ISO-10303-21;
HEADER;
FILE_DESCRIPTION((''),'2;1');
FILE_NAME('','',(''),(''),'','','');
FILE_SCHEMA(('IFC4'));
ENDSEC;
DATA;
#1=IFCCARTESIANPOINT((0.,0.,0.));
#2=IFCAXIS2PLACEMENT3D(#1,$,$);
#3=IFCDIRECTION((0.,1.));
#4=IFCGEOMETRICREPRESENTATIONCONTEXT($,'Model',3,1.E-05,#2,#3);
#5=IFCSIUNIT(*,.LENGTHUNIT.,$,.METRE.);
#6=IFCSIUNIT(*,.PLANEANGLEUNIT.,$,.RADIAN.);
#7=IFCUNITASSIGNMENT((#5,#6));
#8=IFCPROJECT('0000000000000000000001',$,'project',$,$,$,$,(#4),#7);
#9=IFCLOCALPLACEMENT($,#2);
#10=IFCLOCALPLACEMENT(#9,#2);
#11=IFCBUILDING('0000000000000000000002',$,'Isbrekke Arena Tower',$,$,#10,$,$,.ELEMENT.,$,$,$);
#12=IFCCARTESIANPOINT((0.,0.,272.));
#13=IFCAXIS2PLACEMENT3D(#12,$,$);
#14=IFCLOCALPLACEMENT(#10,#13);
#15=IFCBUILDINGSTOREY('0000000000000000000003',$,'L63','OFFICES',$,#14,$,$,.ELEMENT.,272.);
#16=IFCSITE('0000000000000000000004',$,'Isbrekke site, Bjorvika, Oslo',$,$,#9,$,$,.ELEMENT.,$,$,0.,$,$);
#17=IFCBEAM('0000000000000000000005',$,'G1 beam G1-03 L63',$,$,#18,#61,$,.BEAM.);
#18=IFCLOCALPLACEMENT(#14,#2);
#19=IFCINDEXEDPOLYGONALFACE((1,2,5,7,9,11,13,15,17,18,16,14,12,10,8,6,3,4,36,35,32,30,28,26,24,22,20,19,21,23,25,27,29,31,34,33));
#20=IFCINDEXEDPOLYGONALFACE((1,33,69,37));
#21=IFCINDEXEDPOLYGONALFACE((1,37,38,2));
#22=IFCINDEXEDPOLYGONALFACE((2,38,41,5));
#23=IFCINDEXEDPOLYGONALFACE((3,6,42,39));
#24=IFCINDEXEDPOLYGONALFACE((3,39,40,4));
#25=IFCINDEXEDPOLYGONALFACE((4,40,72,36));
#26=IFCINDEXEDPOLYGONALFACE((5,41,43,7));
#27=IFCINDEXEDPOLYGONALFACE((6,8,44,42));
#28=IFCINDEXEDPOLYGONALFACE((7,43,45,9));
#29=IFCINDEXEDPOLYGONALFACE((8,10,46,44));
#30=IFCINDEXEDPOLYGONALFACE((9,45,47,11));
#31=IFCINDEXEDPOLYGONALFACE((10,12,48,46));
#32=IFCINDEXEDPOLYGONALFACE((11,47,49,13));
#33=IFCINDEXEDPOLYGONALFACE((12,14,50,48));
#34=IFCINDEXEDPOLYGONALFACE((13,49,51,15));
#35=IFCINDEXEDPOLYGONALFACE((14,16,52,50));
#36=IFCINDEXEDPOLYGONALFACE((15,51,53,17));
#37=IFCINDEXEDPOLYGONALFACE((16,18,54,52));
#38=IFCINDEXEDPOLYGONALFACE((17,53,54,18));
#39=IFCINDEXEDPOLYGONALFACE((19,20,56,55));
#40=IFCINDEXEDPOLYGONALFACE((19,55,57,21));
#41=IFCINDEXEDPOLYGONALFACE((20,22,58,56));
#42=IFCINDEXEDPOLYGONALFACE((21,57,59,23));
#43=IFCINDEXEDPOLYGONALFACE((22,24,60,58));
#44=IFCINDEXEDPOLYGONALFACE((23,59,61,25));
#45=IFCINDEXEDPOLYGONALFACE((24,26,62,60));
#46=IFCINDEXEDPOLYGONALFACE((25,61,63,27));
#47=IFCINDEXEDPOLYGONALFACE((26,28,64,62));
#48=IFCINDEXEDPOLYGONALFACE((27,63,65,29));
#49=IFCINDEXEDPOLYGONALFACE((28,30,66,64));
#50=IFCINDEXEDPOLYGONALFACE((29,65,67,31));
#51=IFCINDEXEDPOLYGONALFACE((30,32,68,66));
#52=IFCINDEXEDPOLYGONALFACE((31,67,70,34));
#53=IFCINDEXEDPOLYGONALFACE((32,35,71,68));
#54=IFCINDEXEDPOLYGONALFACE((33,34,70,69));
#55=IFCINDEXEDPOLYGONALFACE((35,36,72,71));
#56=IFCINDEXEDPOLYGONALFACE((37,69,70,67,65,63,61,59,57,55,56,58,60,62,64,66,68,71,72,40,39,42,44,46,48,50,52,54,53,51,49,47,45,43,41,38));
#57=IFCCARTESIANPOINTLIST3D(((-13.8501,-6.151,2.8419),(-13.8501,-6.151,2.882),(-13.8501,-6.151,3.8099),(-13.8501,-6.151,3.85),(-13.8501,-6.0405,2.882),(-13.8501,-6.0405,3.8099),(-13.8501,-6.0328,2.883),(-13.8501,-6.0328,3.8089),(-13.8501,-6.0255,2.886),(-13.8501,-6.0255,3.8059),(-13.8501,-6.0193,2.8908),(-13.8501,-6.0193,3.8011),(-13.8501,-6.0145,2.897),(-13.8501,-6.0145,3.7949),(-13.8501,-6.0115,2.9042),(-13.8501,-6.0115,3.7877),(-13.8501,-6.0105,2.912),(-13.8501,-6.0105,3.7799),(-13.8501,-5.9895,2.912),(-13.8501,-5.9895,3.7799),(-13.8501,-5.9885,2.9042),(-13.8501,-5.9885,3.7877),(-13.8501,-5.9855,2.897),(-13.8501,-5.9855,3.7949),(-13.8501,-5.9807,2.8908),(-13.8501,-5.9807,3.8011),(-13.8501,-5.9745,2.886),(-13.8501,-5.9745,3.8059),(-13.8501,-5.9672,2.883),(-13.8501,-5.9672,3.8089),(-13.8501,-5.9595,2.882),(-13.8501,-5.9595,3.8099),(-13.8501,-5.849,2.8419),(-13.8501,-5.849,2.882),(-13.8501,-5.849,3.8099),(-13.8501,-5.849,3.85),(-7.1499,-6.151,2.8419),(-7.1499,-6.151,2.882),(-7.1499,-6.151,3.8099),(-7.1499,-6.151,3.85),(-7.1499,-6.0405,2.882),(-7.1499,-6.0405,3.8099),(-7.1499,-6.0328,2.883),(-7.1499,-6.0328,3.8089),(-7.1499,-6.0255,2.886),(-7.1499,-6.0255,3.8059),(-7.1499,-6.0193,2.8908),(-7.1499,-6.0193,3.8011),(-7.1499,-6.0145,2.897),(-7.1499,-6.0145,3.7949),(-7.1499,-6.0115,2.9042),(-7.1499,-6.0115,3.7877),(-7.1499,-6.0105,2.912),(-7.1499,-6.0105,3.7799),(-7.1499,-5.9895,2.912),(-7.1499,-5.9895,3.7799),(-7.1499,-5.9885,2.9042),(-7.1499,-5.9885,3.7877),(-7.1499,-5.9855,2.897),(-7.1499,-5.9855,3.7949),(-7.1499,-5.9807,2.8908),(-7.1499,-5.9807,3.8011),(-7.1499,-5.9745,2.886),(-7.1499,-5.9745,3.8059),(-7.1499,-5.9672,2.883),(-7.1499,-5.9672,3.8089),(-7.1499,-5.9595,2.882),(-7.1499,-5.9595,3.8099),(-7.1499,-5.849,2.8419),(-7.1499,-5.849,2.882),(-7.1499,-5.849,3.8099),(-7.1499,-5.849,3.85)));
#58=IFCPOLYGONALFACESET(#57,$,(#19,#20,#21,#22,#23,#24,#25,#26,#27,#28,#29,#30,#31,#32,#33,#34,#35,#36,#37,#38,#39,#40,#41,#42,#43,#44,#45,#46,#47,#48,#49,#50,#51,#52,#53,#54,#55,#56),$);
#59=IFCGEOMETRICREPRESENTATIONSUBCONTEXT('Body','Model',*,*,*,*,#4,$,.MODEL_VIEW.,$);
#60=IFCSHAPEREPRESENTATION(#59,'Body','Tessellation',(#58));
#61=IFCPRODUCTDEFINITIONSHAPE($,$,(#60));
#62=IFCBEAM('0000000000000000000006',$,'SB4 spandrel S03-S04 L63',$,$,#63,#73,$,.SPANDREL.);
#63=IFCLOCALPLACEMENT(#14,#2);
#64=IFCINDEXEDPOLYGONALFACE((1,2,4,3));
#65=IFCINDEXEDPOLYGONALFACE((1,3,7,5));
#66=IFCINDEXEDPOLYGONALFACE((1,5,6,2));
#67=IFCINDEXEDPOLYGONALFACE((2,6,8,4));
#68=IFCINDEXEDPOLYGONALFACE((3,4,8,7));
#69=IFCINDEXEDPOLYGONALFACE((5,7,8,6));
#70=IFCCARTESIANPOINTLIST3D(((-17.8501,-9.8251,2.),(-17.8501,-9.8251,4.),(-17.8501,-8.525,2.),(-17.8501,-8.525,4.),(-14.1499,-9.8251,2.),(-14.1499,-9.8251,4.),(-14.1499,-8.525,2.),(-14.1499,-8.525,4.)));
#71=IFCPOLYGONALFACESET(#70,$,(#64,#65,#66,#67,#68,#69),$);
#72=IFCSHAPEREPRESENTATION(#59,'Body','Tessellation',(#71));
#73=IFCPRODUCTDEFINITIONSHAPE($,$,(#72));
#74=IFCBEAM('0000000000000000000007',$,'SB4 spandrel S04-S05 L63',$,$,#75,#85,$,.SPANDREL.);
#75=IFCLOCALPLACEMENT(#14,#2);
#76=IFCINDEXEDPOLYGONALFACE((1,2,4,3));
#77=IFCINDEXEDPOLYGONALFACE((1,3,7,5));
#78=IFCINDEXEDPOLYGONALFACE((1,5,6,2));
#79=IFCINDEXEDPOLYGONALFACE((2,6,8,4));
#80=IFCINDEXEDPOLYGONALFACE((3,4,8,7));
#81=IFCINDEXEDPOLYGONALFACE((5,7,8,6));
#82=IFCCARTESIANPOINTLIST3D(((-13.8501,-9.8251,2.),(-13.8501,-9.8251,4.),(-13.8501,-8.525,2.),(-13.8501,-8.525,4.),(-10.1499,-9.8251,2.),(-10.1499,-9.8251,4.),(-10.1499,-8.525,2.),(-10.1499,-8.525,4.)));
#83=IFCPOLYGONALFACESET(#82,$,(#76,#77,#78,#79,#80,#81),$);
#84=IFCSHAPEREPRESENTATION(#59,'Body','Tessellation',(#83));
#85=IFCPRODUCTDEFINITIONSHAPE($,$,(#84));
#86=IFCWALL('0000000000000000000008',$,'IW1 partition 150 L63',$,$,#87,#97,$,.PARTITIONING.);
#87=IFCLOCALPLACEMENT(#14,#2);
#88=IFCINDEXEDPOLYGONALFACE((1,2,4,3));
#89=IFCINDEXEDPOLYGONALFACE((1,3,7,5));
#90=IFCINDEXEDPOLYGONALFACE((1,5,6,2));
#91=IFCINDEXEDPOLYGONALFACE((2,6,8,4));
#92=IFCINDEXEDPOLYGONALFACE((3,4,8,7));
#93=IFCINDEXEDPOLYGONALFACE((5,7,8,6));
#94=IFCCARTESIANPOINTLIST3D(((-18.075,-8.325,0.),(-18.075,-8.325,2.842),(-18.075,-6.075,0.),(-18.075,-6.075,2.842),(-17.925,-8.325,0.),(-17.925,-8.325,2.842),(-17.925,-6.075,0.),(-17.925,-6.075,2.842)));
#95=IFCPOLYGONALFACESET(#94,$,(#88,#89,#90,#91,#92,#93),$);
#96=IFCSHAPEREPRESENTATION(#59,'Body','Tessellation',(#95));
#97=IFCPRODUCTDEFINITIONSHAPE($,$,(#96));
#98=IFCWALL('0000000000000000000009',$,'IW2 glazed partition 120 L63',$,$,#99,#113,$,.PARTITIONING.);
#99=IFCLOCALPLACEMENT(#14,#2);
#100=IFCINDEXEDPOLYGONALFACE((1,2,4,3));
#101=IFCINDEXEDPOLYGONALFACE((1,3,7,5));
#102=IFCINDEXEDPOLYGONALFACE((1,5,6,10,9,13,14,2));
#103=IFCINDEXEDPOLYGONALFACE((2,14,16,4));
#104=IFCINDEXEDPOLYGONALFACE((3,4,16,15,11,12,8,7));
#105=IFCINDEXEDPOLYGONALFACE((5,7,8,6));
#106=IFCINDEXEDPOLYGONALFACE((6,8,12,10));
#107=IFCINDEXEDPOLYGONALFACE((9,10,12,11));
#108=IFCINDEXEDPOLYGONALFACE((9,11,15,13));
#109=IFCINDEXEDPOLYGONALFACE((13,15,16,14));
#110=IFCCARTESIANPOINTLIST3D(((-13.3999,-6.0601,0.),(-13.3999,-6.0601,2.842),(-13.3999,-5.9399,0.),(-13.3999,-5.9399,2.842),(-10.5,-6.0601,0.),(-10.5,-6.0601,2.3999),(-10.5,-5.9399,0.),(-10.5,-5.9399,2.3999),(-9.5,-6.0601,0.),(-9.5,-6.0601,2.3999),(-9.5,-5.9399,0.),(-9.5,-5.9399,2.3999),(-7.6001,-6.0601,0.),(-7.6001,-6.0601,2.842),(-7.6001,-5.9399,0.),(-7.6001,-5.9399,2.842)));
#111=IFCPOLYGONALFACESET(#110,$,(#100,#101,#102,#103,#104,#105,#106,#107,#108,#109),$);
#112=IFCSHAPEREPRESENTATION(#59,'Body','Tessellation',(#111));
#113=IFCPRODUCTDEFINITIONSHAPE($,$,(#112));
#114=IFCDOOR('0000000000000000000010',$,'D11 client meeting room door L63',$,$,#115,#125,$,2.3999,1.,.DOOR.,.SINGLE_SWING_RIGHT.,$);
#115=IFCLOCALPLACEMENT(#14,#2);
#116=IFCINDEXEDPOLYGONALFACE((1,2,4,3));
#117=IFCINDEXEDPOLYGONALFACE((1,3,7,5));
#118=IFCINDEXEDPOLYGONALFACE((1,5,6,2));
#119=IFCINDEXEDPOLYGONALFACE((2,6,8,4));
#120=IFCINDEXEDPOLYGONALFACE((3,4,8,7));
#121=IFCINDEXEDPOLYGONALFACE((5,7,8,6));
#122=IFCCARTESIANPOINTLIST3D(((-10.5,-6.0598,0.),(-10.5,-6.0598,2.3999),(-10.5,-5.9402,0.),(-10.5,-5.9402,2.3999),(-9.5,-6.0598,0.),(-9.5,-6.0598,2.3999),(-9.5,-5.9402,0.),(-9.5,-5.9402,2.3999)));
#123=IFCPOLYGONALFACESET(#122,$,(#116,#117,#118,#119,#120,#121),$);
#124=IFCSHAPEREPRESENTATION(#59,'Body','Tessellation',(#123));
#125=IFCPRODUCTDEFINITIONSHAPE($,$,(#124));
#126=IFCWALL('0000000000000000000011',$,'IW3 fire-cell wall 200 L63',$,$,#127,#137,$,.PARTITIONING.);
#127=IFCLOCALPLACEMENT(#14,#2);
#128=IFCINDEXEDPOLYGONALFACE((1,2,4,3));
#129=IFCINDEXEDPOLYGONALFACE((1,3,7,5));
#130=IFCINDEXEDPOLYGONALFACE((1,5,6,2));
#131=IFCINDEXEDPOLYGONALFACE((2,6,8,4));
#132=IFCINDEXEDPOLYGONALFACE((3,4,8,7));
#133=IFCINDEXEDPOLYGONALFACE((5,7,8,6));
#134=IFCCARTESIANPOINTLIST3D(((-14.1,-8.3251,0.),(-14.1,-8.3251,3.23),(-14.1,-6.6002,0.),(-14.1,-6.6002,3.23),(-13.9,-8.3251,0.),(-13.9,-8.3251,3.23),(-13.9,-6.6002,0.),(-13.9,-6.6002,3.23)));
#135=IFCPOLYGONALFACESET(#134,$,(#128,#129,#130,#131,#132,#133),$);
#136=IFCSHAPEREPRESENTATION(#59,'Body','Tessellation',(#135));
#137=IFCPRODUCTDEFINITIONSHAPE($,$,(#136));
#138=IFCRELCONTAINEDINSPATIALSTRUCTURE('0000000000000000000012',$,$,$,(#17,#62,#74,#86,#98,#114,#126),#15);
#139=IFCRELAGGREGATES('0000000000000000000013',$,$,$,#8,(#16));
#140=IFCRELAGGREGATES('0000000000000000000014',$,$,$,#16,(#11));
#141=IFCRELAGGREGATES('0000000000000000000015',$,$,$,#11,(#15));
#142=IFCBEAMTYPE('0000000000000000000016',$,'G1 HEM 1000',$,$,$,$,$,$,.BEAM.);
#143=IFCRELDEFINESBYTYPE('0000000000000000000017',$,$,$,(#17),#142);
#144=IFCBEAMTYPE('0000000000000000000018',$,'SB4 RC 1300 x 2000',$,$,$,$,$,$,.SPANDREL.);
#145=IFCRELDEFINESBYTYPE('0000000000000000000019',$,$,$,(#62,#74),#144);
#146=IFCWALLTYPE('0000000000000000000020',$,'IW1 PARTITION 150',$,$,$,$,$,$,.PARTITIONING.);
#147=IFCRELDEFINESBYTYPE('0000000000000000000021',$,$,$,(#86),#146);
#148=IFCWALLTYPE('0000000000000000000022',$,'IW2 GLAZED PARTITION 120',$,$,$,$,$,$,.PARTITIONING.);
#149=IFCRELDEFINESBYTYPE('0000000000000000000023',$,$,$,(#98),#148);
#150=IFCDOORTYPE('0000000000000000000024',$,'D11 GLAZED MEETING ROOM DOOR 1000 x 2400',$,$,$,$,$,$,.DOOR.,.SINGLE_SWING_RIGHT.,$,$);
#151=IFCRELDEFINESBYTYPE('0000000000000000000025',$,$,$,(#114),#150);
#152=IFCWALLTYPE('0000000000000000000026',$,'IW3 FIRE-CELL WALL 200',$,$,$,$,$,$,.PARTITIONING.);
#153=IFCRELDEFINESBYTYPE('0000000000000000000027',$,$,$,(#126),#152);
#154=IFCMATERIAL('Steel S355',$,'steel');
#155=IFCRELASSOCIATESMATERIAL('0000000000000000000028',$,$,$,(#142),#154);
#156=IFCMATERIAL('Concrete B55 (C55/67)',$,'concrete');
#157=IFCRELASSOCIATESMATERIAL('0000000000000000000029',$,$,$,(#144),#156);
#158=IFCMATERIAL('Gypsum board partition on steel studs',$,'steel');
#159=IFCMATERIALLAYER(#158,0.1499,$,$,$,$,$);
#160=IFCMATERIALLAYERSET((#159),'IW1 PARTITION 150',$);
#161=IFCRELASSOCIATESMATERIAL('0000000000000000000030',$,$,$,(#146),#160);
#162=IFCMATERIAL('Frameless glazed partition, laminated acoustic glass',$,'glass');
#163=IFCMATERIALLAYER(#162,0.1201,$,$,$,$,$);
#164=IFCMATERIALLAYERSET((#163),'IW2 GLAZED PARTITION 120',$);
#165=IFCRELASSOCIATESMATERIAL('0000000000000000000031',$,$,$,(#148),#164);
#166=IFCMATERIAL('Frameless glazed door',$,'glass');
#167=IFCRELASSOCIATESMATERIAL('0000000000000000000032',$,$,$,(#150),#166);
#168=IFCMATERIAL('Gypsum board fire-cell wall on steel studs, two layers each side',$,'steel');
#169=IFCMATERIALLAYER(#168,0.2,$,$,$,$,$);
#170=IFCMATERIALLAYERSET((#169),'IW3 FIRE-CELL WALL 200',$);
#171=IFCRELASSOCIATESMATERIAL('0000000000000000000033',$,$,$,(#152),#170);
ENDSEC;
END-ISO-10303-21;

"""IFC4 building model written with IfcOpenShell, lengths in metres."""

from ifc_helpers import new_model, si_unit, direction, frame, frame_2d, origin, origin_2d, place, context, subcontext, project, spatial, rectangle, i_section, extrude, material, layer, layer_set, material_profile, profile_set, type_object, element, fill, save


model = new_model("IFC4")

# Units and contexts
model_context = context("Model", 3, precision=1e-05, world=origin(), true_north=direction((0.0, 1.0)))
body_context = subcontext(model_context, "Body", "Model", "MODEL_VIEW")
ifc_project = project(units=[si_unit("LENGTHUNIT", "METRE"), si_unit("PLANEANGLEUNIT", "RADIAN")], contexts=[model_context])

# Site, building, storey
site_placement = place(None, origin())
site = spatial("IfcSite", under=ifc_project, at=site_placement, Name="Isbrekke site, Bjorvika, Oslo", CompositionType="ELEMENT", RefElevation=0.0)
building_placement = place(site_placement, origin())
building = spatial("IfcBuilding", under=site, at=building_placement, Name="Isbrekke Arena Tower", CompositionType="ELEMENT")
storey_placement = place(building_placement, frame((0.0, 0.0, 272.0)))
storey = spatial("IfcBuildingStorey", under=building, at=storey_placement, Name="L63", Description="OFFICES", CompositionType="ELEMENT", Elevation=272.0)

# Beams
ifc_material_1 = material(Name="Steel S355", Category="steel")
ifc_material_profile_1 = material_profile(ifc_material_1, i_section(OverallWidth=0.302, OverallDepth=1.0081, WebThickness=0.021, FlangeThickness=0.04, FilletRadius=0.03, at=origin_2d()), Name="HEM 1000")
ifc_profile_set_1 = profile_set([ifc_material_profile_1], Name="Steel S355")
beam_type_1 = type_object("IfcBeamType", Name="G1 HEM 1000", PredefinedType="BEAM", material=ifc_profile_set_1)
beam_1_placement = place(storey_placement, frame((-13.8501, -6.0, 3.3459), z_axis=(1.0, 0.0, 0.0), x_axis=(0.0, 1.0, 0.0)))
element("IfcBeam", 1, at=beam_1_placement, inside=storey, type_object=beam_type_1, Name="G1 beam G1-03 L63", PredefinedType="BEAM", context=body_context, shape_type="SweptSolid", body=[
    extrude(i_section(OverallWidth=0.302, OverallDepth=1.0081, WebThickness=0.021, FlangeThickness=0.04, FilletRadius=0.03, at=origin_2d()), origin(), (0.0, 0.0, 1.0), 6.7002),
])
ifc_material_2 = material(Name="Concrete B55 (C55/67)", Category="concrete")
ifc_material_profile_2 = material_profile(ifc_material_2, rectangle(XDim=1.3, YDim=2.0, at=origin_2d()), Name="RC 1300x2000")
ifc_profile_set_2 = profile_set([ifc_material_profile_2], Name="Concrete B55 (C55/67)")
beam_type_2 = type_object("IfcBeamType", Name="SB4 RC 1300 x 2000", PredefinedType="SPANDREL", material=ifc_profile_set_2)
for number, where, z_axis, x_axis, name in (
    (2, (-17.8501, -9.175, 3.0), (1.0, 0.0, 0.0), (0.0, 1.0, 0.0), "SB4 spandrel S03-S04 L63"),
    (3, (-13.8501, -9.175, 3.0), (1.0, 0.0, 0.0), (0.0, 1.0, 0.0), "SB4 spandrel S04-S05 L63"),
):
    element("IfcBeam", number, at=place(storey_placement, frame(where, z_axis=z_axis, x_axis=x_axis)), inside=storey, type_object=beam_type_2, Name=name, PredefinedType="SPANDREL", context=body_context, shape_type="SweptSolid", body=[
        extrude(rectangle(XDim=1.3, YDim=2.0, at=origin_2d()), origin(), (0.0, 0.0, 1.0), 3.7002),
    ])

# Wall
ifc_material_3 = material(Name="Gypsum board partition on steel studs", Category="steel")
ifc_layer_1 = layer(ifc_material_3, 0.1499)
ifc_layer_set_1 = layer_set([ifc_layer_1], Name="IW1 PARTITION 150")
wall_type_1 = type_object("IfcWallType", Name="IW1 PARTITION 150", PredefinedType="PARTITIONING", material=ifc_layer_set_1)
wall_1_placement = place(storey_placement, frame((-18.0, -8.325, 0.0), z_axis=(0.0, 0.0, 1.0), x_axis=(0.0, 1.0, 0.0)))
element("IfcWall", 4, at=wall_1_placement, inside=storey, type_object=wall_type_1, Name="IW1 partition 150 L63", PredefinedType="PARTITIONING", context=body_context, shape_type="SweptSolid", body=[
    extrude(rectangle(XDim=2.25, YDim=0.1499, at=frame_2d((1.125, 0.0))), origin(), (0.0, 0.0, 1.0), 2.842),
])

# Wall, opening, door
ifc_material_4 = material(Name="Frameless glazed partition, laminated acoustic glass", Category="glass")
ifc_layer_2 = layer(ifc_material_4, 0.1201)
ifc_layer_set_2 = layer_set([ifc_layer_2], Name="IW2 GLAZED PARTITION 120")
wall_type_2 = type_object("IfcWallType", Name="IW2 GLAZED PARTITION 120", PredefinedType="PARTITIONING", material=ifc_layer_set_2)
wall_2_placement = place(storey_placement, frame((-13.3999, -6.0, 0.0), z_axis=(0.0, 0.0, 1.0), x_axis=(1.0, 0.0, 0.0)))
wall_2 = element("IfcWall", 5, at=wall_2_placement, inside=storey, type_object=wall_type_2, Name="IW2 glazed partition 120 L63", PredefinedType="PARTITIONING", context=body_context, shape_type="SweptSolid", body=[
    extrude(rectangle(XDim=5.7998, YDim=0.1201, at=frame_2d((2.8999, 0.0))), origin(), (0.0, 0.0, 1.0), 2.842),
])
opening_placement = place(wall_2_placement, frame((2.8999, 0.0, 0.0)))
opening = element("IfcOpeningElement", 6, at=opening_placement, cuts=wall_2, PredefinedType="OPENING", context=body_context, shape_type="SweptSolid", body=[
    extrude(rectangle(XDim=1.0, YDim=2.3999, at=frame_2d((0.5, 1.2))), frame((0.0, 0.075, 0.0), z_axis=(0.0, -1.0, 0.0), x_axis=(1.0, 0.0, 0.0)), (0.0, 0.0, 1.0), 0.1499),
])
ifc_material_5 = material(Name="Frameless glazed door", Category="glass")
door_type = type_object("IfcDoorType", Name="D11 GLAZED MEETING ROOM DOOR 1000 x 2400", OperationType="SINGLE_SWING_RIGHT", PredefinedType="DOOR", material=ifc_material_5)
door_placement = place(opening_placement, origin())
door = element("IfcDoor", 7, at=door_placement, inside=storey, type_object=door_type, Name="D11 client meeting room door L63", OperationType="SINGLE_SWING_RIGHT", OverallHeight=2.3999, OverallWidth=1.0, PredefinedType="DOOR", context=body_context, shape_type="SweptSolid", body=[
    extrude(rectangle(XDim=1.0, YDim=2.3999, at=frame_2d((0.5, 1.2))), frame((0.0, 0.0598, 0.0), z_axis=(0.0, -1.0, 0.0), x_axis=(1.0, 0.0, 0.0)), (0.0, 0.0, 1.0), 0.1196),
])
fill(opening, door)

# Wall
ifc_material_6 = material(Name="Gypsum board fire-cell wall on steel studs, two layers each side", Category="steel")
ifc_layer_3 = layer(ifc_material_6, 0.2)
ifc_layer_set_3 = layer_set([ifc_layer_3], Name="IW3 FIRE-CELL WALL 200")
wall_type_3 = type_object("IfcWallType", Name="IW3 FIRE-CELL WALL 200", PredefinedType="PARTITIONING", material=ifc_layer_set_3)
wall_3_placement = place(storey_placement, frame((-14.0, -8.325, 0.0), z_axis=(0.0, 0.0, 1.0), x_axis=(0.0, 1.0, 0.0)))
element("IfcWall", 8, at=wall_3_placement, inside=storey, type_object=wall_type_3, Name="IW3 fire-cell wall 200 L63", PredefinedType="PARTITIONING", context=body_context, shape_type="SweptSolid", body=[
    extrude(rectangle(XDim=1.7249, YDim=0.2, at=frame_2d((0.8623, 0.0))), origin(), (0.0, 0.0, 1.0), 3.23),
])

save(model, "model.ifc")
